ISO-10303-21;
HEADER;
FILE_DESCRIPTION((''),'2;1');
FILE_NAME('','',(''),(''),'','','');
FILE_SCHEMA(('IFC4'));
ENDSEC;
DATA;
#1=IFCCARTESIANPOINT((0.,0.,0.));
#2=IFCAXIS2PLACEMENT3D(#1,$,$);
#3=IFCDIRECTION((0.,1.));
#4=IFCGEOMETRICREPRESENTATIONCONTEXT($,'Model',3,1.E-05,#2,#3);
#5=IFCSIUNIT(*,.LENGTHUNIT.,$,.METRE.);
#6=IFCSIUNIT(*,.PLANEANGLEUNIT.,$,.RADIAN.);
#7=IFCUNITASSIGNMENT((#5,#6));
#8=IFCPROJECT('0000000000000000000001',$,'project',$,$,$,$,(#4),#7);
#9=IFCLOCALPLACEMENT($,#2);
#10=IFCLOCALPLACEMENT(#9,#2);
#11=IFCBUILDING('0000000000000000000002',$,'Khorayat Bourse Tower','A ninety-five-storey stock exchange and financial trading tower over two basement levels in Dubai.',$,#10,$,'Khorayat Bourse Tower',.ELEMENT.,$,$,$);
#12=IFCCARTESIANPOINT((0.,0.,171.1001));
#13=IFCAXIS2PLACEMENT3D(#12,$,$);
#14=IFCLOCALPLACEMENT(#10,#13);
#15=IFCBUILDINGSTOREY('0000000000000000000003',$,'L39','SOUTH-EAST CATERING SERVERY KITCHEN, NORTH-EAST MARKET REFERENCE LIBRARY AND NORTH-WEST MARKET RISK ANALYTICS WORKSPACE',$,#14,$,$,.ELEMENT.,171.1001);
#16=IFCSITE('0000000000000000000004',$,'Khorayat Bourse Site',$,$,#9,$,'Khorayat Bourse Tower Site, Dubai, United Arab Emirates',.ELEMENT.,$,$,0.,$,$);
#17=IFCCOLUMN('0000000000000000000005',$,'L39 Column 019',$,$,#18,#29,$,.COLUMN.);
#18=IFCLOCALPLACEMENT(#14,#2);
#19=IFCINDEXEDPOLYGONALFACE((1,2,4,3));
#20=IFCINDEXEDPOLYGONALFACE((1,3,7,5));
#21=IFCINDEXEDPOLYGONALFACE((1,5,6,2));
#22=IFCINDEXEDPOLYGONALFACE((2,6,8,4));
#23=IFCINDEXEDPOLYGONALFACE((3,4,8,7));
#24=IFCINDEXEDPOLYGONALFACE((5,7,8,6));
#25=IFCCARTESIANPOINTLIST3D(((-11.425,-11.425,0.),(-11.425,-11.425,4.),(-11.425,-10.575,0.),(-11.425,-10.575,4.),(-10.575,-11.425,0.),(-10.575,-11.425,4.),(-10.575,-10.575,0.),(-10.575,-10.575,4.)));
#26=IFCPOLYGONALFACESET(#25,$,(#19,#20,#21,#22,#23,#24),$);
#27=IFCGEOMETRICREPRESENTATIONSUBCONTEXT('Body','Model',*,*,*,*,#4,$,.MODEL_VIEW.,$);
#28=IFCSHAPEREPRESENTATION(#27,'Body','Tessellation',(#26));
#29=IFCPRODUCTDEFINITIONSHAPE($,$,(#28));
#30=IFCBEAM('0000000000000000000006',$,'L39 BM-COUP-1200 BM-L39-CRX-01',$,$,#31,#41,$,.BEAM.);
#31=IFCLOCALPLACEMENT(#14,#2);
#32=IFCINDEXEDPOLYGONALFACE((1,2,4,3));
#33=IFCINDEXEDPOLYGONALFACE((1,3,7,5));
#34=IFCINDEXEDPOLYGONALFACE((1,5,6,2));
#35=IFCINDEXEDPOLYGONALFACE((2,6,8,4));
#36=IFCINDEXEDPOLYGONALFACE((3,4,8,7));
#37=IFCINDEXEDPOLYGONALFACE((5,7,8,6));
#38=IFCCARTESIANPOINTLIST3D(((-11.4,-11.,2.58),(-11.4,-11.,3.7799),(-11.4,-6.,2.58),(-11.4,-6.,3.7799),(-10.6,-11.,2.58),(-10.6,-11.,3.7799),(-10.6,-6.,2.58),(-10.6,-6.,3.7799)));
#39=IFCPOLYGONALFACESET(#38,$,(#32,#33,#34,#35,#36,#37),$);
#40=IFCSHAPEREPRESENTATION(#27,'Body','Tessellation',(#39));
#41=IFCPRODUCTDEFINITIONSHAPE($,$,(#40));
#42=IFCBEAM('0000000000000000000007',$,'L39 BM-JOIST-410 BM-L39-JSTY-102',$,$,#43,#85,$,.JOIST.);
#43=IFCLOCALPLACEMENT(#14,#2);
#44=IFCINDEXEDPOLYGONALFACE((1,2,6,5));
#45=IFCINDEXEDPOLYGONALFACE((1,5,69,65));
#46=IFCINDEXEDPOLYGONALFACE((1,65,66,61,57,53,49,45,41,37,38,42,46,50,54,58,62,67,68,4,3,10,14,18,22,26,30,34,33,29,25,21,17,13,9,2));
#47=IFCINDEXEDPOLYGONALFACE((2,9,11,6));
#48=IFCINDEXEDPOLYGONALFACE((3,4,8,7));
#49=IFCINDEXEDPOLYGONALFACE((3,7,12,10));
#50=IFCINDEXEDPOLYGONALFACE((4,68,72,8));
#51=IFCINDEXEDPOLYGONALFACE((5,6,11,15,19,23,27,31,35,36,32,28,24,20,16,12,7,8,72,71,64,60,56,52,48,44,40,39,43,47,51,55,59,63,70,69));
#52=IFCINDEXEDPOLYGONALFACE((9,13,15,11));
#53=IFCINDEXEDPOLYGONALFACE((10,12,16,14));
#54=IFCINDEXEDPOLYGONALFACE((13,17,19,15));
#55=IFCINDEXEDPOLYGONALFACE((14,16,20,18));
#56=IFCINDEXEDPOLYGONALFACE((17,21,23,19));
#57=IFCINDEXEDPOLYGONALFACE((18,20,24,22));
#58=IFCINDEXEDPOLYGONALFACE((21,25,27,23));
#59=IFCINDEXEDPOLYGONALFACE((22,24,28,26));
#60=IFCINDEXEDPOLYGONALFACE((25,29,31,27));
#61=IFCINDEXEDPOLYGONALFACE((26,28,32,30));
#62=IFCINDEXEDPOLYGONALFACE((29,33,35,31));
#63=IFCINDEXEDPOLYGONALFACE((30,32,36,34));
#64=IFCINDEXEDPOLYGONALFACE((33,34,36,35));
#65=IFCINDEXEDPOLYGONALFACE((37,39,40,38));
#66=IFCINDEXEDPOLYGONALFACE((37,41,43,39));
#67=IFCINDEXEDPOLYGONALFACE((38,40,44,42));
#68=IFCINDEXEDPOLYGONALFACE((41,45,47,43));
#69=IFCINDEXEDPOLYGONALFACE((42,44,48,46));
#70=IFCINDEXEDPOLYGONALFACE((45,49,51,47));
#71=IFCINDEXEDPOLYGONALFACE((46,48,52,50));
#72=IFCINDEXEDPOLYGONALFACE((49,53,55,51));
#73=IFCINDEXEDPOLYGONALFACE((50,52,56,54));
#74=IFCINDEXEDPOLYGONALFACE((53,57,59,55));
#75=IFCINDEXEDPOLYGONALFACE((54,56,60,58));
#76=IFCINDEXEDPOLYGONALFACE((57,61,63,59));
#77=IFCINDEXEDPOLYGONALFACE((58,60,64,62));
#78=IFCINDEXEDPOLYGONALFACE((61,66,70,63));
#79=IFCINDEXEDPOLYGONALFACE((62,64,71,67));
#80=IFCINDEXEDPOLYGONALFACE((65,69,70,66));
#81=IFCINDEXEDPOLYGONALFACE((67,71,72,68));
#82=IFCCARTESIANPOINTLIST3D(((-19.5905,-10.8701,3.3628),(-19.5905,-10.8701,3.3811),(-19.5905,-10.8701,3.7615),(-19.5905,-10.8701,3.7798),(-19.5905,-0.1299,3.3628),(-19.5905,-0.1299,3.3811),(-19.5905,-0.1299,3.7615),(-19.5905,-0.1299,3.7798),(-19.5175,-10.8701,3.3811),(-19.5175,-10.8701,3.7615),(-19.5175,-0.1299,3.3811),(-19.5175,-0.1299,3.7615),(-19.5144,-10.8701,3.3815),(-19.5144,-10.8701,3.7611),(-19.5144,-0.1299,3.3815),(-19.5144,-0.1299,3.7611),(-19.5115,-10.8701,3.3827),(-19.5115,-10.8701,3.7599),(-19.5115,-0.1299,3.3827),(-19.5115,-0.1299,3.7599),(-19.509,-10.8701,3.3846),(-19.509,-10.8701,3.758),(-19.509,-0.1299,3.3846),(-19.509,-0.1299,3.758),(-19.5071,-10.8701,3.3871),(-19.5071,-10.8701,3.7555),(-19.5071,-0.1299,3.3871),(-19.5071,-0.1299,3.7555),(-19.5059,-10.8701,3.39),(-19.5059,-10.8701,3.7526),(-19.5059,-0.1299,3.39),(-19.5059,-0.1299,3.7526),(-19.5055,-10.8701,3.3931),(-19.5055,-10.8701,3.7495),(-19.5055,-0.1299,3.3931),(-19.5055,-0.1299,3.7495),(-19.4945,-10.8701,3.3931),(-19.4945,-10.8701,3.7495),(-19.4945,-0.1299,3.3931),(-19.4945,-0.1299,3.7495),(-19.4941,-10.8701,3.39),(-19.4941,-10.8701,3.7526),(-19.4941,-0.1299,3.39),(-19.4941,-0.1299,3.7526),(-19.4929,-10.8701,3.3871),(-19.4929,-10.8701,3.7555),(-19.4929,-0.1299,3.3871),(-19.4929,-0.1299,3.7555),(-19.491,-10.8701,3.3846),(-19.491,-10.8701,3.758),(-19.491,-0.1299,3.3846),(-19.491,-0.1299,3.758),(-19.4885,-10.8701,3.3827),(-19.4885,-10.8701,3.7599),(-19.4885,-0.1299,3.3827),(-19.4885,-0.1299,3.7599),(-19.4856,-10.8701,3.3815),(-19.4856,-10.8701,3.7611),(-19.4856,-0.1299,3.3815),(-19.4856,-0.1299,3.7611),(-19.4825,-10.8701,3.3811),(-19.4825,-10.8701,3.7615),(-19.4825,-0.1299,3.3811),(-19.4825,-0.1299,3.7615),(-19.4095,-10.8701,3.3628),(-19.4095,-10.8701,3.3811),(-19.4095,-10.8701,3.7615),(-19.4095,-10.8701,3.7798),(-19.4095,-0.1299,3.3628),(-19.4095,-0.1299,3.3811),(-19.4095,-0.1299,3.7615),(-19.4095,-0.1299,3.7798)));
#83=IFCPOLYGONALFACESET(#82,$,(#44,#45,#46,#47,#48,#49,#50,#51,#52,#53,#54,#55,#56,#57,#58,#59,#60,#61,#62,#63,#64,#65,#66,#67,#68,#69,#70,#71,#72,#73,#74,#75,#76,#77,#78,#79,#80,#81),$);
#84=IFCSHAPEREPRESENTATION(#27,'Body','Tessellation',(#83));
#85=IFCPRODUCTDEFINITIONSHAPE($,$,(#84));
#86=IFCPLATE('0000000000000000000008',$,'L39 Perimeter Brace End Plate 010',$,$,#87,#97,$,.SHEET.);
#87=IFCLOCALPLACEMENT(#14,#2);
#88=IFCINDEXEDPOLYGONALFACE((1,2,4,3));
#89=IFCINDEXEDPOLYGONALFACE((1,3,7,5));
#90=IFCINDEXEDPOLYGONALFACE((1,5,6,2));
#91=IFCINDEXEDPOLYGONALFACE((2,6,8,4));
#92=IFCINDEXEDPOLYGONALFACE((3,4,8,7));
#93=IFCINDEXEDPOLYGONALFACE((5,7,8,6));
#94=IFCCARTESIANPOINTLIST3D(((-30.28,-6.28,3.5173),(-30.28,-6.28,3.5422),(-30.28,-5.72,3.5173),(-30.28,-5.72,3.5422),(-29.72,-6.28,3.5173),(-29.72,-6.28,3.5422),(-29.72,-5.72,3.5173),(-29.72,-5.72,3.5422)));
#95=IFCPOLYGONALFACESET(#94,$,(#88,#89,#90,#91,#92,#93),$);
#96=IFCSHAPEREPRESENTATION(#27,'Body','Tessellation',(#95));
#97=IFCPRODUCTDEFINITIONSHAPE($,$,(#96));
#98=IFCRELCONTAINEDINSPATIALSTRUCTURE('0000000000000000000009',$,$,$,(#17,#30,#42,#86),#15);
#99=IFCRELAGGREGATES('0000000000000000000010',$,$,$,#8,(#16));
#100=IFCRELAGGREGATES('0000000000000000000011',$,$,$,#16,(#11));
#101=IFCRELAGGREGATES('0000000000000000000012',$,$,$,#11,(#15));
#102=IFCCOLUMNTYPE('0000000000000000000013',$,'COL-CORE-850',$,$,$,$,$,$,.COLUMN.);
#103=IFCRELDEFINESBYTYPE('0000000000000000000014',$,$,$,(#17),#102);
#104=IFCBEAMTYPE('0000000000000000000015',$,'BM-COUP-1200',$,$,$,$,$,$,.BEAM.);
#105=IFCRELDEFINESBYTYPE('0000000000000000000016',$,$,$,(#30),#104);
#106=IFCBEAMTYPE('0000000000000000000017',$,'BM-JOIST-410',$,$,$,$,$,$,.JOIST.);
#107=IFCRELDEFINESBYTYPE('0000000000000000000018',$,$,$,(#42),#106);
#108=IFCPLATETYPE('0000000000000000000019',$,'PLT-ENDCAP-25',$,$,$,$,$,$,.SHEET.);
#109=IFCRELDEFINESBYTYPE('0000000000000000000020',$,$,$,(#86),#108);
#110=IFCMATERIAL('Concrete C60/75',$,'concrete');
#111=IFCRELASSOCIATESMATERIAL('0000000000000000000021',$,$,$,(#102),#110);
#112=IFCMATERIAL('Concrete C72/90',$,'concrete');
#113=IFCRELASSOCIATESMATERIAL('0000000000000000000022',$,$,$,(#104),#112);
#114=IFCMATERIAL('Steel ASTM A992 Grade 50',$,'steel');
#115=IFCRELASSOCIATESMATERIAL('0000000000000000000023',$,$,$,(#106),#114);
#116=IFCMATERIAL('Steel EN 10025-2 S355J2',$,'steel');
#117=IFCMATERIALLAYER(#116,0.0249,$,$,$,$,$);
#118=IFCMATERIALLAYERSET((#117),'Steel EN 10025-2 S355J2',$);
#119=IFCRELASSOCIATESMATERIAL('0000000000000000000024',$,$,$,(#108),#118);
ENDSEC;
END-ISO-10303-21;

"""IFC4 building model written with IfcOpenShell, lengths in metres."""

from ifc_helpers import new_model, si_unit, direction, frame, origin, origin_2d, place, context, subcontext, project, spatial, rectangle, i_section, extrude, source, transform, mapped, material, layer, layer_set, material_profile, profile_set, type_object, element, save


model = new_model("IFC4")

# Units and contexts
model_context = context("Model", 3, precision=1e-05, world=origin(), true_north=direction((0.0, 1.0)))
body_context = subcontext(model_context, "Body", "Model", "MODEL_VIEW")
ifc_project = project(units=[si_unit("LENGTHUNIT", "METRE"), si_unit("PLANEANGLEUNIT", "RADIAN")], contexts=[model_context])

# Site, building, storey
site_placement = place(None, origin())
site = spatial("IfcSite", under=ifc_project, at=site_placement, Name="Khorayat Bourse Site", LongName="Khorayat Bourse Tower Site, Dubai, United Arab Emirates", CompositionType="ELEMENT", RefElevation=0.0)
building_placement = place(site_placement, origin())
building = spatial("IfcBuilding", under=site, at=building_placement, Name="Khorayat Bourse Tower", Description="A ninety-five-storey stock exchange and financial trading tower over two basement levels in Dubai.", LongName="Khorayat Bourse Tower", CompositionType="ELEMENT")
storey_placement = place(building_placement, frame((0.0, 0.0, 171.1001)))
storey = spatial("IfcBuildingStorey", under=building, at=storey_placement, Name="L39", Description="SOUTH-EAST CATERING SERVERY KITCHEN, NORTH-EAST MARKET REFERENCE LIBRARY AND NORTH-WEST MARKET RISK ANALYTICS WORKSPACE", CompositionType="ELEMENT", Elevation=171.1001)

# Column
ifc_material_1 = material(Name="Concrete C60/75", Category="concrete")
ifc_material_profile_1 = material_profile(ifc_material_1, rectangle(XDim=0.8501, YDim=0.8501, at=origin_2d()), Name="RC 850x850")
ifc_profile_set_1 = profile_set([ifc_material_profile_1], Name="Concrete C60/75")
column_type = type_object("IfcColumnType", Name="COL-CORE-850", PredefinedType="COLUMN", material=ifc_profile_set_1)
shared_shape_1 = source(origin(), body_context, "Body", "SweptSolid", [
    extrude(rectangle(XDim=0.8501, YDim=0.8501, at=origin_2d()), origin(), (0.0, 0.0, 1.0), 4.0),
])
column_placement = place(storey_placement, frame((-11.0, -11.0, 0.0), z_axis=(0.0, 0.0, 1.0), x_axis=(1.0, 0.0, 0.0)))
element("IfcColumn", 1, at=column_placement, inside=storey, type_object=column_type, Name="L39 Column 019", PredefinedType="COLUMN", context=body_context, shape_type="MappedRepresentation", body=[
    mapped(shared_shape_1, transform((0.0, 0.0, 0.0), scale=1.0)),
])

# Beams
ifc_material_2 = material(Name="Concrete C72/90", Category="concrete")
ifc_material_profile_2 = material_profile(ifc_material_2, rectangle(XDim=0.8, YDim=1.2, at=origin_2d()), Name="RC 800x1200")
ifc_profile_set_2 = profile_set([ifc_material_profile_2], Name="Concrete C72/90")
beam_type_1 = type_object("IfcBeamType", Name="BM-COUP-1200", PredefinedType="BEAM", material=ifc_profile_set_2)
shared_shape_2 = source(origin(), body_context, "Body", "SweptSolid", [
    extrude(rectangle(XDim=0.8, YDim=1.2, at=origin_2d()), origin(), (0.0, 0.0, 1.0), 5.0),
])
beam_1_placement = place(storey_placement, frame((-11.0, -11.0, 3.1799), z_axis=(0.0, 1.0, 0.0), x_axis=(-1.0, 0.0, 0.0)))
element("IfcBeam", 2, at=beam_1_placement, inside=storey, type_object=beam_type_1, Name="L39 BM-COUP-1200 BM-L39-CRX-01", PredefinedType="BEAM", context=body_context, shape_type="MappedRepresentation", body=[
    mapped(shared_shape_2, transform((0.0, 0.0, 0.0), scale=1.0)),
])
ifc_material_3 = material(Name="Steel ASTM A992 Grade 50", Category="steel")
ifc_material_profile_3 = material_profile(ifc_material_3, i_section(OverallWidth=0.1809, OverallDepth=0.417, WebThickness=0.011, FlangeThickness=0.0183, FilletRadius=0.012, at=origin_2d()), Name="W410X85")
ifc_profile_set_3 = profile_set([ifc_material_profile_3], Name="Steel ASTM A992 Grade 50")
beam_type_2 = type_object("IfcBeamType", Name="BM-JOIST-410", PredefinedType="JOIST", material=ifc_profile_set_3)
shared_shape_3 = source(origin(), body_context, "Body", "SweptSolid", [
    extrude(i_section(OverallWidth=0.1809, OverallDepth=0.417, WebThickness=0.011, FlangeThickness=0.0183, FilletRadius=0.012, at=origin_2d()), origin(), (0.0, 0.0, 1.0), 10.7402),
])
beam_2_placement = place(storey_placement, frame((-19.5, -10.8701, 3.5713), z_axis=(0.0, 1.0, 0.0), x_axis=(-1.0, 0.0, 0.0)))
element("IfcBeam", 3, at=beam_2_placement, inside=storey, type_object=beam_type_2, Name="L39 BM-JOIST-410 BM-L39-JSTY-102", PredefinedType="JOIST", context=body_context, shape_type="MappedRepresentation", body=[
    mapped(shared_shape_3, transform((0.0, 0.0, 0.0), scale=1.0)),
])

# Plate
ifc_material_4 = material(Name="Steel EN 10025-2 S355J2", Category="steel")
ifc_layer_1 = layer(ifc_material_4, 0.0249)
ifc_layer_set_1 = layer_set([ifc_layer_1], Name="Steel EN 10025-2 S355J2")
plate_type = type_object("IfcPlateType", Name="PLT-ENDCAP-25", PredefinedType="SHEET", material=ifc_layer_set_1)
shared_shape_4 = source(origin(), body_context, "Body", "SweptSolid", [
    extrude(rectangle(XDim=0.5601, YDim=0.5601, at=origin_2d()), origin(), (0.0, 0.0, 1.0), 0.0249),
])
plate_placement = place(storey_placement, frame((-30.0, -6.0, 3.5173), z_axis=(0.0, 0.0, 1.0), x_axis=(1.0, 0.0, 0.0)))
element("IfcPlate", 4, at=plate_placement, inside=storey, type_object=plate_type, Name="L39 Perimeter Brace End Plate 010", PredefinedType="SHEET", context=body_context, shape_type="MappedRepresentation", body=[
    mapped(shared_shape_4, transform((0.0, 0.0, 0.0), scale=1.0)),
])

save(model, "model.ifc")
